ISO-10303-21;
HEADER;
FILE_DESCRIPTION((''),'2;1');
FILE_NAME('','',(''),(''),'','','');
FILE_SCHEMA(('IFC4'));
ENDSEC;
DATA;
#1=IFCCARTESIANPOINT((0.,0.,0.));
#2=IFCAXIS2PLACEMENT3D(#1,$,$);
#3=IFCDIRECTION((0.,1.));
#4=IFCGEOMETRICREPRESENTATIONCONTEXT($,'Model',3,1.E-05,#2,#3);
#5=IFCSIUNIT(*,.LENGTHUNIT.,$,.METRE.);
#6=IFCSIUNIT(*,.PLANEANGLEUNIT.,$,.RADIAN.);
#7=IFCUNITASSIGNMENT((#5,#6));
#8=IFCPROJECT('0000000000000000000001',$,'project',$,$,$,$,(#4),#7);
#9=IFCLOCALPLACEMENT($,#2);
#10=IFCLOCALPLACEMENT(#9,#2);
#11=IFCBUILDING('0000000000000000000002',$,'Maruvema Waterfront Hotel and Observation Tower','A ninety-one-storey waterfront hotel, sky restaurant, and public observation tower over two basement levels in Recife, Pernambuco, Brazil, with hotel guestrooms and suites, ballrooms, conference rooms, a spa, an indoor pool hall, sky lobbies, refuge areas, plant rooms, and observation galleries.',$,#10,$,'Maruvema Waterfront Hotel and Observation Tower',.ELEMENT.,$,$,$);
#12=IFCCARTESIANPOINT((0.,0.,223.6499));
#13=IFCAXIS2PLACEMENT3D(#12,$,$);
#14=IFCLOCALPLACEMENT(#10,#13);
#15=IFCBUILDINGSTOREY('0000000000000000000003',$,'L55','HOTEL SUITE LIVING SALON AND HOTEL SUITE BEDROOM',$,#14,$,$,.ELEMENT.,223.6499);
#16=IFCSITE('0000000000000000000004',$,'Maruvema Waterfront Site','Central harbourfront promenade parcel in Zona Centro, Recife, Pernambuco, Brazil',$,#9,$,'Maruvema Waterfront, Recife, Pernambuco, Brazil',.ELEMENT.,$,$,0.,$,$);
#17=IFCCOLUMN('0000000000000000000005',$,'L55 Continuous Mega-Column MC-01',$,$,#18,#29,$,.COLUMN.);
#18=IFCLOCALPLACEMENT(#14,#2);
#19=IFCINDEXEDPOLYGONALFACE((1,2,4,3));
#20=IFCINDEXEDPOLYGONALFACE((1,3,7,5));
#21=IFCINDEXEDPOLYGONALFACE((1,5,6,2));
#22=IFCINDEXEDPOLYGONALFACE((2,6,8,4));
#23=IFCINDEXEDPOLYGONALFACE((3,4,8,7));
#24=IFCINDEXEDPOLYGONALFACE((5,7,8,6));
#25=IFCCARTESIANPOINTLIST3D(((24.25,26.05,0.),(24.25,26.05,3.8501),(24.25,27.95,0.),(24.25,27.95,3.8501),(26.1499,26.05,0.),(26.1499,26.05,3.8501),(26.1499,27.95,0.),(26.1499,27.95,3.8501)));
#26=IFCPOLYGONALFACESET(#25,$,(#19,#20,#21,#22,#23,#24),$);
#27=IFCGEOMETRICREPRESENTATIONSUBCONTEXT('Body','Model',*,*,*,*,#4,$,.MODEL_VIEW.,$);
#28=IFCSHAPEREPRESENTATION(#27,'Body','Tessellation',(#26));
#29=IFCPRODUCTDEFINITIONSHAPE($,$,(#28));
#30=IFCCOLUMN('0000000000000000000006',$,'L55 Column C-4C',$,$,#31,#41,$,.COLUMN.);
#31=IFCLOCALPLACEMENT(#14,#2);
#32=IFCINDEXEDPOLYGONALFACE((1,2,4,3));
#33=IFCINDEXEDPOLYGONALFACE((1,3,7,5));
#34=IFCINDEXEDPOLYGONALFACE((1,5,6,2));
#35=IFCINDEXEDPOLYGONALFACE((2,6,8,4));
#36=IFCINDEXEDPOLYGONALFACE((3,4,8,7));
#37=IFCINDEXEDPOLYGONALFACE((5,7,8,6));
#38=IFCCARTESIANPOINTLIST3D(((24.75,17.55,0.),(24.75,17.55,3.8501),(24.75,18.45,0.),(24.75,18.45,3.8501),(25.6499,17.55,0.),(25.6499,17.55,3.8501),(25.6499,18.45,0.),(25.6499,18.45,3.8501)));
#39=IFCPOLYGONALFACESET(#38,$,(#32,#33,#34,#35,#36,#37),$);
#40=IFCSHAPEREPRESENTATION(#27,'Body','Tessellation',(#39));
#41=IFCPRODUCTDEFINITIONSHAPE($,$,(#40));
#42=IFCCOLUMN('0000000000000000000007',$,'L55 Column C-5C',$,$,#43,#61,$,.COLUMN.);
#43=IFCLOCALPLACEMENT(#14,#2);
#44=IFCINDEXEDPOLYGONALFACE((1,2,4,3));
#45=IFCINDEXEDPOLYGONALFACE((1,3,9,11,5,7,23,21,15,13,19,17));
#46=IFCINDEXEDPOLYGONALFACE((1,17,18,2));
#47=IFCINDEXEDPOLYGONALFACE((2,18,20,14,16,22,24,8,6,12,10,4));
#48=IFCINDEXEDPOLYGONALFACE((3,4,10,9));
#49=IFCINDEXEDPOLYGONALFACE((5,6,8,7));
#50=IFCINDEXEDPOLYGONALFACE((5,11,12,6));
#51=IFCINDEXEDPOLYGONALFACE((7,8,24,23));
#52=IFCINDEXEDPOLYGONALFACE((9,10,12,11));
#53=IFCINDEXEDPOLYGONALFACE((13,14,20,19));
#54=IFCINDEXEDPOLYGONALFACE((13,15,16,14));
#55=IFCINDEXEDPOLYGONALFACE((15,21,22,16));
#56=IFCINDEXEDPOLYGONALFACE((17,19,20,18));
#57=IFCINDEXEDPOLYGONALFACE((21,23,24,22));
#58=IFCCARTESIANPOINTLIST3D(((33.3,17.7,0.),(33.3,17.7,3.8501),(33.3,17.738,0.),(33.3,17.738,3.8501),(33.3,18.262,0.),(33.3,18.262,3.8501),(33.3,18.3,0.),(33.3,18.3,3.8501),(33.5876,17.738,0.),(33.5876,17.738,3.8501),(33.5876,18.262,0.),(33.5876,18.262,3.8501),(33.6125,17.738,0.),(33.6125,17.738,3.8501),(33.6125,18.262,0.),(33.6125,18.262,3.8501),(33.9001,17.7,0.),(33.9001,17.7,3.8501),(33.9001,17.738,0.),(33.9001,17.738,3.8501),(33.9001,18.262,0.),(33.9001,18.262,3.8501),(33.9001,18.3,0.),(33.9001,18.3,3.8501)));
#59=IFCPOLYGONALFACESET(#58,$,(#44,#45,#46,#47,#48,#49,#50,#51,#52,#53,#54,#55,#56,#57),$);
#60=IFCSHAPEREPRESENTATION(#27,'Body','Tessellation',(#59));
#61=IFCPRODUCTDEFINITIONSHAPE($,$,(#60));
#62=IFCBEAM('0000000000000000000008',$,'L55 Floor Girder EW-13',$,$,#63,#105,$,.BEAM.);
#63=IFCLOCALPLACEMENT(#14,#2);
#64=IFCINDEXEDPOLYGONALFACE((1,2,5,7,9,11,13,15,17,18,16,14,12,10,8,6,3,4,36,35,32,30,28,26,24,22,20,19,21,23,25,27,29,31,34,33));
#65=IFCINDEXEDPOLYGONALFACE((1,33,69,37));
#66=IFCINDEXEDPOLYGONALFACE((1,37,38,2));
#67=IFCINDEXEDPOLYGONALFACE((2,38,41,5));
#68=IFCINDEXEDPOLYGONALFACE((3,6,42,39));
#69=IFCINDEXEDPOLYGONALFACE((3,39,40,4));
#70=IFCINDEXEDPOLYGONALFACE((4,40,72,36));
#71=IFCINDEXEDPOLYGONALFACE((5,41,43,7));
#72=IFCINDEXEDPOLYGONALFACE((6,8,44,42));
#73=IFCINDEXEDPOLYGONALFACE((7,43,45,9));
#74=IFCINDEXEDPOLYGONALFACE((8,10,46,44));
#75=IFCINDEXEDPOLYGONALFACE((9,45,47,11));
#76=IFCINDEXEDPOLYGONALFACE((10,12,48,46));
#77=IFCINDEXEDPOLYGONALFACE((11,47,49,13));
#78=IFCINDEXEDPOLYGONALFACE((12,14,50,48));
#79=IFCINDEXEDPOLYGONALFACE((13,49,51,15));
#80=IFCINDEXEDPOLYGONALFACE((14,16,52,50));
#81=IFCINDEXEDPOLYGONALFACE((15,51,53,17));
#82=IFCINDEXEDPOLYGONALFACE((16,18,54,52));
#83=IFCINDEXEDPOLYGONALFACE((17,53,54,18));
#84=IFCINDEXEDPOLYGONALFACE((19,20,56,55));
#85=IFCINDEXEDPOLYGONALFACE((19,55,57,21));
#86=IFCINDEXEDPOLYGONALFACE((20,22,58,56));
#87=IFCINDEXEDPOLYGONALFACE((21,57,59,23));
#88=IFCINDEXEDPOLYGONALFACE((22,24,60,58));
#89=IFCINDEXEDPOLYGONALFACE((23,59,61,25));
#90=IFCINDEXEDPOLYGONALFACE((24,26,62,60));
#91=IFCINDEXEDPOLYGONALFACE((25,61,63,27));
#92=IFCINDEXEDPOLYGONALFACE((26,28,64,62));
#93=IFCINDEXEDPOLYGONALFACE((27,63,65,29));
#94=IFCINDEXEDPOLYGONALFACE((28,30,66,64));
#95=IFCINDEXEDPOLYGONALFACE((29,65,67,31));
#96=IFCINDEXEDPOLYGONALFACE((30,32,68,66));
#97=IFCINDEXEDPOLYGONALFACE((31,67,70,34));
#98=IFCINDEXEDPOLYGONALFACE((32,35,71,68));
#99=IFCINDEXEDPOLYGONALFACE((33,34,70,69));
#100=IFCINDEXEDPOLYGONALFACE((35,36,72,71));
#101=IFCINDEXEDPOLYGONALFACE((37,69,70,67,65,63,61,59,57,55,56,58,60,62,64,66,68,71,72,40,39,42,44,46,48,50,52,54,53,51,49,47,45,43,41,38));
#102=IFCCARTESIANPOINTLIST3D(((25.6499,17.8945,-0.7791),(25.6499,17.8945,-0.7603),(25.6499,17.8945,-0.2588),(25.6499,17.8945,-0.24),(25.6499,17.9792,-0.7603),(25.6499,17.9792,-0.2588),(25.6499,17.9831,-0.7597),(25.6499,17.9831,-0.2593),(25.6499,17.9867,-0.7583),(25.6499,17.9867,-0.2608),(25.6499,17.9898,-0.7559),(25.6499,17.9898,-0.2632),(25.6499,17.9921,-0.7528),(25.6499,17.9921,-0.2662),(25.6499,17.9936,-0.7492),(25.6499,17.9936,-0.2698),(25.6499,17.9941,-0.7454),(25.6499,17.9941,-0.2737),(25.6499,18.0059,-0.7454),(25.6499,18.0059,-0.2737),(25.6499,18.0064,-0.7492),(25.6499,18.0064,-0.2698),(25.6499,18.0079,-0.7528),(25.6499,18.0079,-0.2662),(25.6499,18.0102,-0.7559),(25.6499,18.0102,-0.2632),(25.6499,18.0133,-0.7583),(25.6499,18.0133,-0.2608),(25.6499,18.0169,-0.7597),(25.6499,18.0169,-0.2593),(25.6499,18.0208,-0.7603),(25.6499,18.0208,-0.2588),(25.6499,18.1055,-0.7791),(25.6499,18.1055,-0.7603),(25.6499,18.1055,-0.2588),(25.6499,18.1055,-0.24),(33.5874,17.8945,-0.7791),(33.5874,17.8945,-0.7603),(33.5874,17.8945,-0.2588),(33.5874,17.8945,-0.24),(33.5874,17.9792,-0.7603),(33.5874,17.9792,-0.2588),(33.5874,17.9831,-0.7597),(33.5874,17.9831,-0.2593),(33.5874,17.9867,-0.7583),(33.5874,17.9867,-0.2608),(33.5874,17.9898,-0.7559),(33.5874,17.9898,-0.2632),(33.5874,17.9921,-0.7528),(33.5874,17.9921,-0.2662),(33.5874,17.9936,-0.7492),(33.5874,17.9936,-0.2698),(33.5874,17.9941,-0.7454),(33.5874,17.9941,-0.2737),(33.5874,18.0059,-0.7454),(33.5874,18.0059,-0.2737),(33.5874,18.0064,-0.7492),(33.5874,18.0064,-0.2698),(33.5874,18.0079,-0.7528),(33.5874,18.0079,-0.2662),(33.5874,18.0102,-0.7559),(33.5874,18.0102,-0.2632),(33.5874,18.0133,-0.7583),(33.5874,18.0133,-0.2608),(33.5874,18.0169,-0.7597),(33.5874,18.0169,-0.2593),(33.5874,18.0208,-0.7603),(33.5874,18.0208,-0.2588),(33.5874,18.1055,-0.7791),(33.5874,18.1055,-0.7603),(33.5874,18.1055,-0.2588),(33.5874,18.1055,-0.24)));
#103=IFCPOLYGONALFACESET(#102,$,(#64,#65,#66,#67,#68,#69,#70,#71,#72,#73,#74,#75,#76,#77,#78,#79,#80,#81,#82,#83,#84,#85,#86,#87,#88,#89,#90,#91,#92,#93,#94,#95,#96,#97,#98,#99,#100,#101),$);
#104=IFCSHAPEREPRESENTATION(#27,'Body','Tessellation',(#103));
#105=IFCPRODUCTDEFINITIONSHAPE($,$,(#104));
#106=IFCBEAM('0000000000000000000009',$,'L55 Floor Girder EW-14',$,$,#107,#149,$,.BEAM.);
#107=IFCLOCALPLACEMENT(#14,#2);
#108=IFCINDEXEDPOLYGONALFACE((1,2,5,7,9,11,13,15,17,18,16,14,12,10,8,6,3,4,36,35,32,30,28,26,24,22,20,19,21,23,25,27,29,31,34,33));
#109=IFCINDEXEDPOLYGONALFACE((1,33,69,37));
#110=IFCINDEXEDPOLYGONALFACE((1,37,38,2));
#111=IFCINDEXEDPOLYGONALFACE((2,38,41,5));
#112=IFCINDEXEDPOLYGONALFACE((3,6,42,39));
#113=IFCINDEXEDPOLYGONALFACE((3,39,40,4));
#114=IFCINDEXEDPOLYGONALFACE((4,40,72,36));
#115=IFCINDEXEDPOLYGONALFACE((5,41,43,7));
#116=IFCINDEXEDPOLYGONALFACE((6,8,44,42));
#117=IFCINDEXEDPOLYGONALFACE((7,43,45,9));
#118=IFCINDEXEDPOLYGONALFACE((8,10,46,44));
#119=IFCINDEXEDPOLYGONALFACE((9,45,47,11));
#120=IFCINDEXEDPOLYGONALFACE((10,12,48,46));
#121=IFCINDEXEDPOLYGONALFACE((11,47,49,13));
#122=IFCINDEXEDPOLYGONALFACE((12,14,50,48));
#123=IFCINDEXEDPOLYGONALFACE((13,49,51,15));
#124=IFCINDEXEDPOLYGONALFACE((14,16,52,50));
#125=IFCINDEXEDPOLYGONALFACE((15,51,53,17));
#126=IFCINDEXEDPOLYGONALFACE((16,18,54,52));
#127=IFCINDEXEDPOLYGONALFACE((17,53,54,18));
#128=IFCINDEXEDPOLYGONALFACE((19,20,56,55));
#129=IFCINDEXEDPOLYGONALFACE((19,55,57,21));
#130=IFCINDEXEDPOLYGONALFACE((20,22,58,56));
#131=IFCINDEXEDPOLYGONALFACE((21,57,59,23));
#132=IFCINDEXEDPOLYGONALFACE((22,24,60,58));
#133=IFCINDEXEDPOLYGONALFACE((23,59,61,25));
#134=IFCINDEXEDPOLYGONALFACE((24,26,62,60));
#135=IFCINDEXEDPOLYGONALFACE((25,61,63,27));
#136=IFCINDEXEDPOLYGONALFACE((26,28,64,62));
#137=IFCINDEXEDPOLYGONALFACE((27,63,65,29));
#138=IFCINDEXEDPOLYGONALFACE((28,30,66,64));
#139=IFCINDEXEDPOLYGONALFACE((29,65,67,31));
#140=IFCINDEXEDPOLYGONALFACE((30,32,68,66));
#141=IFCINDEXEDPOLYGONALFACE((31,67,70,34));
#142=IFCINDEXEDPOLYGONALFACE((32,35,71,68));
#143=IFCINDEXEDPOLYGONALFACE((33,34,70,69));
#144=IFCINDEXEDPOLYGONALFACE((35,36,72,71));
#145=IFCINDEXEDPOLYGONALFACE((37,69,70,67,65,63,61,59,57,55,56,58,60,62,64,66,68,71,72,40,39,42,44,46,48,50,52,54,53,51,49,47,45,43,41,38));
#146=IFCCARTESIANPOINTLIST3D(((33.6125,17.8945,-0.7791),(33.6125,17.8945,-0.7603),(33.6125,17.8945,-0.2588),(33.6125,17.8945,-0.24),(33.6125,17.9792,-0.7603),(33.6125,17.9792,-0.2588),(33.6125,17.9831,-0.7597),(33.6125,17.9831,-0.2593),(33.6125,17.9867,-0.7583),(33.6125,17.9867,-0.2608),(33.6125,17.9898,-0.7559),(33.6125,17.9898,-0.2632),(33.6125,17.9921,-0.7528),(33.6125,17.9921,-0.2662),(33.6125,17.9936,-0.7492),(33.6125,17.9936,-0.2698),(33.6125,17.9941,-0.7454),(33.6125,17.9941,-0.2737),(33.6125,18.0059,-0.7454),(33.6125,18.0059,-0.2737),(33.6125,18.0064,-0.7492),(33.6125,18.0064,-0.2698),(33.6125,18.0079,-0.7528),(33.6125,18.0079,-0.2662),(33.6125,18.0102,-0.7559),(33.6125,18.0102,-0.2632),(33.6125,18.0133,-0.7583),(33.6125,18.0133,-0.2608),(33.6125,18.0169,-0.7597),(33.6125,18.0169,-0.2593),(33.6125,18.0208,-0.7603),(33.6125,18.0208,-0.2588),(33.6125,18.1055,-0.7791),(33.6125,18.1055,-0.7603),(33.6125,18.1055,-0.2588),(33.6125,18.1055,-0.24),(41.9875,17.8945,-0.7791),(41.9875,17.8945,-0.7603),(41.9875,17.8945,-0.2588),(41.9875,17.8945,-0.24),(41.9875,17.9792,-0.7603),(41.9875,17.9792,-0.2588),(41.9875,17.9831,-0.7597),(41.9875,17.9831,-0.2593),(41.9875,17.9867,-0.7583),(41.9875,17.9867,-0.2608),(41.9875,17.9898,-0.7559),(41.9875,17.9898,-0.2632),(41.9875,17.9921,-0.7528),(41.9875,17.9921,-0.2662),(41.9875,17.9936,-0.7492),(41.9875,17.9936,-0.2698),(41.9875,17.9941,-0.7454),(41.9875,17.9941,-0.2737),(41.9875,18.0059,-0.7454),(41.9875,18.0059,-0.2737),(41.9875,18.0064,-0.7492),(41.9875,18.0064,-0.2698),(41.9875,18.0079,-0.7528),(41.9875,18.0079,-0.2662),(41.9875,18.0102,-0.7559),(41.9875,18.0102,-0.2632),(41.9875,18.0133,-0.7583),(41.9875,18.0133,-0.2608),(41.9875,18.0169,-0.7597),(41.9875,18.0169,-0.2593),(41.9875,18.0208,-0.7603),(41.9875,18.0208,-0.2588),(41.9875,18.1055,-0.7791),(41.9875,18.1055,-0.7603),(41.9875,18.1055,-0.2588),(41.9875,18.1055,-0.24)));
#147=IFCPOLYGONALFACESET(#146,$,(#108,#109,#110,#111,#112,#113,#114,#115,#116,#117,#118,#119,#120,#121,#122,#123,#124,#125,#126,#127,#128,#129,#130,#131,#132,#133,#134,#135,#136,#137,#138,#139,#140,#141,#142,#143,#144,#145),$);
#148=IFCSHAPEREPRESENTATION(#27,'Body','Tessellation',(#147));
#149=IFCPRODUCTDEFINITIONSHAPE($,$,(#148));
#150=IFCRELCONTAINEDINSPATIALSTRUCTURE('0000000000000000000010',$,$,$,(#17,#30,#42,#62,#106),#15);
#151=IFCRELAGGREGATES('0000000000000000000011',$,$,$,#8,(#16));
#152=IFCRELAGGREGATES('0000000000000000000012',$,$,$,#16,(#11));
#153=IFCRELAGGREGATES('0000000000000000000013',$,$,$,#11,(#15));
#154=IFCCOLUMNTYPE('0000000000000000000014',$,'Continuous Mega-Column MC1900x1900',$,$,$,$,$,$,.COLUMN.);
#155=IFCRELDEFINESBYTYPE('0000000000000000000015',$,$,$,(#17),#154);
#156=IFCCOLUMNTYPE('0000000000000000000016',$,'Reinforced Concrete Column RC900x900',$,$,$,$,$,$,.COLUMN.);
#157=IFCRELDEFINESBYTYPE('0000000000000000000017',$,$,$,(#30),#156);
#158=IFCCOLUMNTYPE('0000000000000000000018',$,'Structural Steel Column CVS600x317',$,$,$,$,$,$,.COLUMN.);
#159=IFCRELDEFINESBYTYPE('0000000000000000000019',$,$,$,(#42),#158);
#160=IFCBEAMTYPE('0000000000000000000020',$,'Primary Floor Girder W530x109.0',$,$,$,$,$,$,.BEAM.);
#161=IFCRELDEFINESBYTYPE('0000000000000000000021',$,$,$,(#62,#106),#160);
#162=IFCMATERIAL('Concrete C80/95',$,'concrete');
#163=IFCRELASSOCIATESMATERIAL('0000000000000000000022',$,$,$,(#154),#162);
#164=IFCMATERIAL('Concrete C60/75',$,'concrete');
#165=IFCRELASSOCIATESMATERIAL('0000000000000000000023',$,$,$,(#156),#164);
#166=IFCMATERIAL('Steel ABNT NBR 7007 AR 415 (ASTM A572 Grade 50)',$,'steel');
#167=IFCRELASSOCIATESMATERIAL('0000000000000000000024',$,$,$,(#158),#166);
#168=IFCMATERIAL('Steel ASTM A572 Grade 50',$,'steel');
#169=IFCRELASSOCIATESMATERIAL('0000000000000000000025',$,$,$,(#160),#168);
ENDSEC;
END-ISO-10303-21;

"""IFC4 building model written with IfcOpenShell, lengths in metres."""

from ifc_helpers import new_model, si_unit, direction, frame, origin, origin_2d, place, context, subcontext, project, spatial, rectangle, i_section, extrude, material, material_profile, profile_set, type_object, element, save


model = new_model("IFC4")

# Units and contexts
model_context = context("Model", 3, precision=1e-05, world=origin(), true_north=direction((0.0, 1.0)))
body_context = subcontext(model_context, "Body", "Model", "MODEL_VIEW")
ifc_project = project(units=[si_unit("LENGTHUNIT", "METRE"), si_unit("PLANEANGLEUNIT", "RADIAN")], contexts=[model_context])

# Site, building, storey
site_placement = place(None, origin())
site = spatial("IfcSite", under=ifc_project, at=site_placement, Name="Maruvema Waterfront Site", Description="Central harbourfront promenade parcel in Zona Centro, Recife, Pernambuco, Brazil", LongName="Maruvema Waterfront, Recife, Pernambuco, Brazil", CompositionType="ELEMENT", RefElevation=0.0)
building_placement = place(site_placement, origin())
building = spatial("IfcBuilding", under=site, at=building_placement, Name="Maruvema Waterfront Hotel and Observation Tower", Description="A ninety-one-storey waterfront hotel, sky restaurant, and public observation tower over two basement levels in Recife, Pernambuco, Brazil, with hotel guestrooms and suites, ballrooms, conference rooms, a spa, an indoor pool hall, sky lobbies, refuge areas, plant rooms, and observation galleries.", LongName="Maruvema Waterfront Hotel and Observation Tower", CompositionType="ELEMENT")
storey_placement = place(building_placement, frame((0.0, 0.0, 223.6499)))
storey = spatial("IfcBuildingStorey", under=building, at=storey_placement, Name="L55", Description="HOTEL SUITE LIVING SALON AND HOTEL SUITE BEDROOM", CompositionType="ELEMENT", Elevation=223.6499)

# Columns
ifc_material_1 = material(Name="Concrete C80/95", Category="concrete")
ifc_material_profile_1 = material_profile(ifc_material_1, rectangle(XDim=1.8999, YDim=1.8999, at=origin_2d()), Name="MC1900x1900")
ifc_profile_set_1 = profile_set([ifc_material_profile_1], Name="Concrete C80/95")
column_type_1 = type_object("IfcColumnType", Name="Continuous Mega-Column MC1900x1900", PredefinedType="COLUMN", material=ifc_profile_set_1)
column_1_placement = place(storey_placement, frame((25.2, 27.0, 0.0), z_axis=(0.0, 0.0, 1.0), x_axis=(1.0, 0.0, 0.0)))
element("IfcColumn", 1, at=column_1_placement, inside=storey, type_object=column_type_1, Name="L55 Continuous Mega-Column MC-01", PredefinedType="COLUMN", context=body_context, shape_type="SweptSolid", body=[
    extrude(rectangle(XDim=1.8999, YDim=1.8999, at=origin_2d()), origin(), (0.0, 0.0, 1.0), 3.8501),
])
ifc_material_2 = material(Name="Concrete C60/75", Category="concrete")
ifc_material_profile_2 = material_profile(ifc_material_2, rectangle(XDim=0.8999, YDim=0.8999, at=origin_2d()), Name="RC900x900")
ifc_profile_set_2 = profile_set([ifc_material_profile_2], Name="Concrete C60/75")
column_type_2 = type_object("IfcColumnType", Name="Reinforced Concrete Column RC900x900", PredefinedType="COLUMN", material=ifc_profile_set_2)
column_2_placement = place(storey_placement, frame((25.2, 18.0, 0.0), z_axis=(0.0, 0.0, 1.0), x_axis=(1.0, 0.0, 0.0)))
element("IfcColumn", 2, at=column_2_placement, inside=storey, type_object=column_type_2, Name="L55 Column C-4C", PredefinedType="COLUMN", context=body_context, shape_type="SweptSolid", body=[
    extrude(rectangle(XDim=0.8999, YDim=0.8999, at=origin_2d()), origin(), (0.0, 0.0, 1.0), 3.8501),
])
ifc_material_3 = material(Name="Steel ABNT NBR 7007 AR 415 (ASTM A572 Grade 50)", Category="steel")
ifc_material_profile_3 = material_profile(ifc_material_3, i_section(OverallWidth=0.6001, OverallDepth=0.6001, WebThickness=0.0249, FlangeThickness=0.0381, at=origin_2d()), Name="CVS600x317")
ifc_profile_set_3 = profile_set([ifc_material_profile_3], Name="Steel ABNT NBR 7007 AR 415 (ASTM A572 Grade 50)")
column_type_3 = type_object("IfcColumnType", Name="Structural Steel Column CVS600x317", PredefinedType="COLUMN", material=ifc_profile_set_3)
column_3_placement = place(storey_placement, frame((33.6001, 18.0, 0.0), z_axis=(0.0, 0.0, 1.0), x_axis=(1.0, 0.0, 0.0)))
element("IfcColumn", 3, at=column_3_placement, inside=storey, type_object=column_type_3, Name="L55 Column C-5C", PredefinedType="COLUMN", context=body_context, shape_type="SweptSolid", body=[
    extrude(i_section(OverallWidth=0.6001, OverallDepth=0.6001, WebThickness=0.0249, FlangeThickness=0.0381, at=origin_2d()), origin(), (0.0, 0.0, 1.0), 3.8501),
])

# Beams
ifc_material_4 = material(Name="Steel ASTM A572 Grade 50", Category="steel")
ifc_material_profile_4 = material_profile(ifc_material_4, i_section(OverallWidth=0.2109, OverallDepth=0.5391, WebThickness=0.0117, FlangeThickness=0.0188, FilletRadius=0.0149, at=origin_2d()), Name="W530x109.0")
ifc_profile_set_4 = profile_set([ifc_material_profile_4], Name="Steel ASTM A572 Grade 50")
beam_type_1 = type_object("IfcBeamType", Name="Primary Floor Girder W530x109.0", PredefinedType="BEAM", material=ifc_profile_set_4)
beam_1_placement = place(storey_placement, frame((25.6499, 18.0, -0.5095), z_axis=(1.0, 0.0, 0.0), x_axis=(0.0, 1.0, 0.0)))
element("IfcBeam", 4, at=beam_1_placement, inside=storey, type_object=beam_type_1, Name="L55 Floor Girder EW-13", PredefinedType="BEAM", context=body_context, shape_type="SweptSolid", body=[
    extrude(i_section(OverallWidth=0.2109, OverallDepth=0.5391, WebThickness=0.0117, FlangeThickness=0.0188, FilletRadius=0.0149, at=origin_2d()), origin(), (0.0, 0.0, 1.0), 7.9375),
])
beam_2_placement = place(storey_placement, frame((33.6125, 18.0, -0.5095), z_axis=(1.0, 0.0, 0.0), x_axis=(0.0, 1.0, 0.0)))
element("IfcBeam", 5, at=beam_2_placement, inside=storey, type_object=beam_type_1, Name="L55 Floor Girder EW-14", PredefinedType="BEAM", context=body_context, shape_type="SweptSolid", body=[
    extrude(i_section(OverallWidth=0.2109, OverallDepth=0.5391, WebThickness=0.0117, FlangeThickness=0.0188, FilletRadius=0.0149, at=origin_2d()), origin(), (0.0, 0.0, 1.0), 8.375),
])

save(model, "model.ifc")
